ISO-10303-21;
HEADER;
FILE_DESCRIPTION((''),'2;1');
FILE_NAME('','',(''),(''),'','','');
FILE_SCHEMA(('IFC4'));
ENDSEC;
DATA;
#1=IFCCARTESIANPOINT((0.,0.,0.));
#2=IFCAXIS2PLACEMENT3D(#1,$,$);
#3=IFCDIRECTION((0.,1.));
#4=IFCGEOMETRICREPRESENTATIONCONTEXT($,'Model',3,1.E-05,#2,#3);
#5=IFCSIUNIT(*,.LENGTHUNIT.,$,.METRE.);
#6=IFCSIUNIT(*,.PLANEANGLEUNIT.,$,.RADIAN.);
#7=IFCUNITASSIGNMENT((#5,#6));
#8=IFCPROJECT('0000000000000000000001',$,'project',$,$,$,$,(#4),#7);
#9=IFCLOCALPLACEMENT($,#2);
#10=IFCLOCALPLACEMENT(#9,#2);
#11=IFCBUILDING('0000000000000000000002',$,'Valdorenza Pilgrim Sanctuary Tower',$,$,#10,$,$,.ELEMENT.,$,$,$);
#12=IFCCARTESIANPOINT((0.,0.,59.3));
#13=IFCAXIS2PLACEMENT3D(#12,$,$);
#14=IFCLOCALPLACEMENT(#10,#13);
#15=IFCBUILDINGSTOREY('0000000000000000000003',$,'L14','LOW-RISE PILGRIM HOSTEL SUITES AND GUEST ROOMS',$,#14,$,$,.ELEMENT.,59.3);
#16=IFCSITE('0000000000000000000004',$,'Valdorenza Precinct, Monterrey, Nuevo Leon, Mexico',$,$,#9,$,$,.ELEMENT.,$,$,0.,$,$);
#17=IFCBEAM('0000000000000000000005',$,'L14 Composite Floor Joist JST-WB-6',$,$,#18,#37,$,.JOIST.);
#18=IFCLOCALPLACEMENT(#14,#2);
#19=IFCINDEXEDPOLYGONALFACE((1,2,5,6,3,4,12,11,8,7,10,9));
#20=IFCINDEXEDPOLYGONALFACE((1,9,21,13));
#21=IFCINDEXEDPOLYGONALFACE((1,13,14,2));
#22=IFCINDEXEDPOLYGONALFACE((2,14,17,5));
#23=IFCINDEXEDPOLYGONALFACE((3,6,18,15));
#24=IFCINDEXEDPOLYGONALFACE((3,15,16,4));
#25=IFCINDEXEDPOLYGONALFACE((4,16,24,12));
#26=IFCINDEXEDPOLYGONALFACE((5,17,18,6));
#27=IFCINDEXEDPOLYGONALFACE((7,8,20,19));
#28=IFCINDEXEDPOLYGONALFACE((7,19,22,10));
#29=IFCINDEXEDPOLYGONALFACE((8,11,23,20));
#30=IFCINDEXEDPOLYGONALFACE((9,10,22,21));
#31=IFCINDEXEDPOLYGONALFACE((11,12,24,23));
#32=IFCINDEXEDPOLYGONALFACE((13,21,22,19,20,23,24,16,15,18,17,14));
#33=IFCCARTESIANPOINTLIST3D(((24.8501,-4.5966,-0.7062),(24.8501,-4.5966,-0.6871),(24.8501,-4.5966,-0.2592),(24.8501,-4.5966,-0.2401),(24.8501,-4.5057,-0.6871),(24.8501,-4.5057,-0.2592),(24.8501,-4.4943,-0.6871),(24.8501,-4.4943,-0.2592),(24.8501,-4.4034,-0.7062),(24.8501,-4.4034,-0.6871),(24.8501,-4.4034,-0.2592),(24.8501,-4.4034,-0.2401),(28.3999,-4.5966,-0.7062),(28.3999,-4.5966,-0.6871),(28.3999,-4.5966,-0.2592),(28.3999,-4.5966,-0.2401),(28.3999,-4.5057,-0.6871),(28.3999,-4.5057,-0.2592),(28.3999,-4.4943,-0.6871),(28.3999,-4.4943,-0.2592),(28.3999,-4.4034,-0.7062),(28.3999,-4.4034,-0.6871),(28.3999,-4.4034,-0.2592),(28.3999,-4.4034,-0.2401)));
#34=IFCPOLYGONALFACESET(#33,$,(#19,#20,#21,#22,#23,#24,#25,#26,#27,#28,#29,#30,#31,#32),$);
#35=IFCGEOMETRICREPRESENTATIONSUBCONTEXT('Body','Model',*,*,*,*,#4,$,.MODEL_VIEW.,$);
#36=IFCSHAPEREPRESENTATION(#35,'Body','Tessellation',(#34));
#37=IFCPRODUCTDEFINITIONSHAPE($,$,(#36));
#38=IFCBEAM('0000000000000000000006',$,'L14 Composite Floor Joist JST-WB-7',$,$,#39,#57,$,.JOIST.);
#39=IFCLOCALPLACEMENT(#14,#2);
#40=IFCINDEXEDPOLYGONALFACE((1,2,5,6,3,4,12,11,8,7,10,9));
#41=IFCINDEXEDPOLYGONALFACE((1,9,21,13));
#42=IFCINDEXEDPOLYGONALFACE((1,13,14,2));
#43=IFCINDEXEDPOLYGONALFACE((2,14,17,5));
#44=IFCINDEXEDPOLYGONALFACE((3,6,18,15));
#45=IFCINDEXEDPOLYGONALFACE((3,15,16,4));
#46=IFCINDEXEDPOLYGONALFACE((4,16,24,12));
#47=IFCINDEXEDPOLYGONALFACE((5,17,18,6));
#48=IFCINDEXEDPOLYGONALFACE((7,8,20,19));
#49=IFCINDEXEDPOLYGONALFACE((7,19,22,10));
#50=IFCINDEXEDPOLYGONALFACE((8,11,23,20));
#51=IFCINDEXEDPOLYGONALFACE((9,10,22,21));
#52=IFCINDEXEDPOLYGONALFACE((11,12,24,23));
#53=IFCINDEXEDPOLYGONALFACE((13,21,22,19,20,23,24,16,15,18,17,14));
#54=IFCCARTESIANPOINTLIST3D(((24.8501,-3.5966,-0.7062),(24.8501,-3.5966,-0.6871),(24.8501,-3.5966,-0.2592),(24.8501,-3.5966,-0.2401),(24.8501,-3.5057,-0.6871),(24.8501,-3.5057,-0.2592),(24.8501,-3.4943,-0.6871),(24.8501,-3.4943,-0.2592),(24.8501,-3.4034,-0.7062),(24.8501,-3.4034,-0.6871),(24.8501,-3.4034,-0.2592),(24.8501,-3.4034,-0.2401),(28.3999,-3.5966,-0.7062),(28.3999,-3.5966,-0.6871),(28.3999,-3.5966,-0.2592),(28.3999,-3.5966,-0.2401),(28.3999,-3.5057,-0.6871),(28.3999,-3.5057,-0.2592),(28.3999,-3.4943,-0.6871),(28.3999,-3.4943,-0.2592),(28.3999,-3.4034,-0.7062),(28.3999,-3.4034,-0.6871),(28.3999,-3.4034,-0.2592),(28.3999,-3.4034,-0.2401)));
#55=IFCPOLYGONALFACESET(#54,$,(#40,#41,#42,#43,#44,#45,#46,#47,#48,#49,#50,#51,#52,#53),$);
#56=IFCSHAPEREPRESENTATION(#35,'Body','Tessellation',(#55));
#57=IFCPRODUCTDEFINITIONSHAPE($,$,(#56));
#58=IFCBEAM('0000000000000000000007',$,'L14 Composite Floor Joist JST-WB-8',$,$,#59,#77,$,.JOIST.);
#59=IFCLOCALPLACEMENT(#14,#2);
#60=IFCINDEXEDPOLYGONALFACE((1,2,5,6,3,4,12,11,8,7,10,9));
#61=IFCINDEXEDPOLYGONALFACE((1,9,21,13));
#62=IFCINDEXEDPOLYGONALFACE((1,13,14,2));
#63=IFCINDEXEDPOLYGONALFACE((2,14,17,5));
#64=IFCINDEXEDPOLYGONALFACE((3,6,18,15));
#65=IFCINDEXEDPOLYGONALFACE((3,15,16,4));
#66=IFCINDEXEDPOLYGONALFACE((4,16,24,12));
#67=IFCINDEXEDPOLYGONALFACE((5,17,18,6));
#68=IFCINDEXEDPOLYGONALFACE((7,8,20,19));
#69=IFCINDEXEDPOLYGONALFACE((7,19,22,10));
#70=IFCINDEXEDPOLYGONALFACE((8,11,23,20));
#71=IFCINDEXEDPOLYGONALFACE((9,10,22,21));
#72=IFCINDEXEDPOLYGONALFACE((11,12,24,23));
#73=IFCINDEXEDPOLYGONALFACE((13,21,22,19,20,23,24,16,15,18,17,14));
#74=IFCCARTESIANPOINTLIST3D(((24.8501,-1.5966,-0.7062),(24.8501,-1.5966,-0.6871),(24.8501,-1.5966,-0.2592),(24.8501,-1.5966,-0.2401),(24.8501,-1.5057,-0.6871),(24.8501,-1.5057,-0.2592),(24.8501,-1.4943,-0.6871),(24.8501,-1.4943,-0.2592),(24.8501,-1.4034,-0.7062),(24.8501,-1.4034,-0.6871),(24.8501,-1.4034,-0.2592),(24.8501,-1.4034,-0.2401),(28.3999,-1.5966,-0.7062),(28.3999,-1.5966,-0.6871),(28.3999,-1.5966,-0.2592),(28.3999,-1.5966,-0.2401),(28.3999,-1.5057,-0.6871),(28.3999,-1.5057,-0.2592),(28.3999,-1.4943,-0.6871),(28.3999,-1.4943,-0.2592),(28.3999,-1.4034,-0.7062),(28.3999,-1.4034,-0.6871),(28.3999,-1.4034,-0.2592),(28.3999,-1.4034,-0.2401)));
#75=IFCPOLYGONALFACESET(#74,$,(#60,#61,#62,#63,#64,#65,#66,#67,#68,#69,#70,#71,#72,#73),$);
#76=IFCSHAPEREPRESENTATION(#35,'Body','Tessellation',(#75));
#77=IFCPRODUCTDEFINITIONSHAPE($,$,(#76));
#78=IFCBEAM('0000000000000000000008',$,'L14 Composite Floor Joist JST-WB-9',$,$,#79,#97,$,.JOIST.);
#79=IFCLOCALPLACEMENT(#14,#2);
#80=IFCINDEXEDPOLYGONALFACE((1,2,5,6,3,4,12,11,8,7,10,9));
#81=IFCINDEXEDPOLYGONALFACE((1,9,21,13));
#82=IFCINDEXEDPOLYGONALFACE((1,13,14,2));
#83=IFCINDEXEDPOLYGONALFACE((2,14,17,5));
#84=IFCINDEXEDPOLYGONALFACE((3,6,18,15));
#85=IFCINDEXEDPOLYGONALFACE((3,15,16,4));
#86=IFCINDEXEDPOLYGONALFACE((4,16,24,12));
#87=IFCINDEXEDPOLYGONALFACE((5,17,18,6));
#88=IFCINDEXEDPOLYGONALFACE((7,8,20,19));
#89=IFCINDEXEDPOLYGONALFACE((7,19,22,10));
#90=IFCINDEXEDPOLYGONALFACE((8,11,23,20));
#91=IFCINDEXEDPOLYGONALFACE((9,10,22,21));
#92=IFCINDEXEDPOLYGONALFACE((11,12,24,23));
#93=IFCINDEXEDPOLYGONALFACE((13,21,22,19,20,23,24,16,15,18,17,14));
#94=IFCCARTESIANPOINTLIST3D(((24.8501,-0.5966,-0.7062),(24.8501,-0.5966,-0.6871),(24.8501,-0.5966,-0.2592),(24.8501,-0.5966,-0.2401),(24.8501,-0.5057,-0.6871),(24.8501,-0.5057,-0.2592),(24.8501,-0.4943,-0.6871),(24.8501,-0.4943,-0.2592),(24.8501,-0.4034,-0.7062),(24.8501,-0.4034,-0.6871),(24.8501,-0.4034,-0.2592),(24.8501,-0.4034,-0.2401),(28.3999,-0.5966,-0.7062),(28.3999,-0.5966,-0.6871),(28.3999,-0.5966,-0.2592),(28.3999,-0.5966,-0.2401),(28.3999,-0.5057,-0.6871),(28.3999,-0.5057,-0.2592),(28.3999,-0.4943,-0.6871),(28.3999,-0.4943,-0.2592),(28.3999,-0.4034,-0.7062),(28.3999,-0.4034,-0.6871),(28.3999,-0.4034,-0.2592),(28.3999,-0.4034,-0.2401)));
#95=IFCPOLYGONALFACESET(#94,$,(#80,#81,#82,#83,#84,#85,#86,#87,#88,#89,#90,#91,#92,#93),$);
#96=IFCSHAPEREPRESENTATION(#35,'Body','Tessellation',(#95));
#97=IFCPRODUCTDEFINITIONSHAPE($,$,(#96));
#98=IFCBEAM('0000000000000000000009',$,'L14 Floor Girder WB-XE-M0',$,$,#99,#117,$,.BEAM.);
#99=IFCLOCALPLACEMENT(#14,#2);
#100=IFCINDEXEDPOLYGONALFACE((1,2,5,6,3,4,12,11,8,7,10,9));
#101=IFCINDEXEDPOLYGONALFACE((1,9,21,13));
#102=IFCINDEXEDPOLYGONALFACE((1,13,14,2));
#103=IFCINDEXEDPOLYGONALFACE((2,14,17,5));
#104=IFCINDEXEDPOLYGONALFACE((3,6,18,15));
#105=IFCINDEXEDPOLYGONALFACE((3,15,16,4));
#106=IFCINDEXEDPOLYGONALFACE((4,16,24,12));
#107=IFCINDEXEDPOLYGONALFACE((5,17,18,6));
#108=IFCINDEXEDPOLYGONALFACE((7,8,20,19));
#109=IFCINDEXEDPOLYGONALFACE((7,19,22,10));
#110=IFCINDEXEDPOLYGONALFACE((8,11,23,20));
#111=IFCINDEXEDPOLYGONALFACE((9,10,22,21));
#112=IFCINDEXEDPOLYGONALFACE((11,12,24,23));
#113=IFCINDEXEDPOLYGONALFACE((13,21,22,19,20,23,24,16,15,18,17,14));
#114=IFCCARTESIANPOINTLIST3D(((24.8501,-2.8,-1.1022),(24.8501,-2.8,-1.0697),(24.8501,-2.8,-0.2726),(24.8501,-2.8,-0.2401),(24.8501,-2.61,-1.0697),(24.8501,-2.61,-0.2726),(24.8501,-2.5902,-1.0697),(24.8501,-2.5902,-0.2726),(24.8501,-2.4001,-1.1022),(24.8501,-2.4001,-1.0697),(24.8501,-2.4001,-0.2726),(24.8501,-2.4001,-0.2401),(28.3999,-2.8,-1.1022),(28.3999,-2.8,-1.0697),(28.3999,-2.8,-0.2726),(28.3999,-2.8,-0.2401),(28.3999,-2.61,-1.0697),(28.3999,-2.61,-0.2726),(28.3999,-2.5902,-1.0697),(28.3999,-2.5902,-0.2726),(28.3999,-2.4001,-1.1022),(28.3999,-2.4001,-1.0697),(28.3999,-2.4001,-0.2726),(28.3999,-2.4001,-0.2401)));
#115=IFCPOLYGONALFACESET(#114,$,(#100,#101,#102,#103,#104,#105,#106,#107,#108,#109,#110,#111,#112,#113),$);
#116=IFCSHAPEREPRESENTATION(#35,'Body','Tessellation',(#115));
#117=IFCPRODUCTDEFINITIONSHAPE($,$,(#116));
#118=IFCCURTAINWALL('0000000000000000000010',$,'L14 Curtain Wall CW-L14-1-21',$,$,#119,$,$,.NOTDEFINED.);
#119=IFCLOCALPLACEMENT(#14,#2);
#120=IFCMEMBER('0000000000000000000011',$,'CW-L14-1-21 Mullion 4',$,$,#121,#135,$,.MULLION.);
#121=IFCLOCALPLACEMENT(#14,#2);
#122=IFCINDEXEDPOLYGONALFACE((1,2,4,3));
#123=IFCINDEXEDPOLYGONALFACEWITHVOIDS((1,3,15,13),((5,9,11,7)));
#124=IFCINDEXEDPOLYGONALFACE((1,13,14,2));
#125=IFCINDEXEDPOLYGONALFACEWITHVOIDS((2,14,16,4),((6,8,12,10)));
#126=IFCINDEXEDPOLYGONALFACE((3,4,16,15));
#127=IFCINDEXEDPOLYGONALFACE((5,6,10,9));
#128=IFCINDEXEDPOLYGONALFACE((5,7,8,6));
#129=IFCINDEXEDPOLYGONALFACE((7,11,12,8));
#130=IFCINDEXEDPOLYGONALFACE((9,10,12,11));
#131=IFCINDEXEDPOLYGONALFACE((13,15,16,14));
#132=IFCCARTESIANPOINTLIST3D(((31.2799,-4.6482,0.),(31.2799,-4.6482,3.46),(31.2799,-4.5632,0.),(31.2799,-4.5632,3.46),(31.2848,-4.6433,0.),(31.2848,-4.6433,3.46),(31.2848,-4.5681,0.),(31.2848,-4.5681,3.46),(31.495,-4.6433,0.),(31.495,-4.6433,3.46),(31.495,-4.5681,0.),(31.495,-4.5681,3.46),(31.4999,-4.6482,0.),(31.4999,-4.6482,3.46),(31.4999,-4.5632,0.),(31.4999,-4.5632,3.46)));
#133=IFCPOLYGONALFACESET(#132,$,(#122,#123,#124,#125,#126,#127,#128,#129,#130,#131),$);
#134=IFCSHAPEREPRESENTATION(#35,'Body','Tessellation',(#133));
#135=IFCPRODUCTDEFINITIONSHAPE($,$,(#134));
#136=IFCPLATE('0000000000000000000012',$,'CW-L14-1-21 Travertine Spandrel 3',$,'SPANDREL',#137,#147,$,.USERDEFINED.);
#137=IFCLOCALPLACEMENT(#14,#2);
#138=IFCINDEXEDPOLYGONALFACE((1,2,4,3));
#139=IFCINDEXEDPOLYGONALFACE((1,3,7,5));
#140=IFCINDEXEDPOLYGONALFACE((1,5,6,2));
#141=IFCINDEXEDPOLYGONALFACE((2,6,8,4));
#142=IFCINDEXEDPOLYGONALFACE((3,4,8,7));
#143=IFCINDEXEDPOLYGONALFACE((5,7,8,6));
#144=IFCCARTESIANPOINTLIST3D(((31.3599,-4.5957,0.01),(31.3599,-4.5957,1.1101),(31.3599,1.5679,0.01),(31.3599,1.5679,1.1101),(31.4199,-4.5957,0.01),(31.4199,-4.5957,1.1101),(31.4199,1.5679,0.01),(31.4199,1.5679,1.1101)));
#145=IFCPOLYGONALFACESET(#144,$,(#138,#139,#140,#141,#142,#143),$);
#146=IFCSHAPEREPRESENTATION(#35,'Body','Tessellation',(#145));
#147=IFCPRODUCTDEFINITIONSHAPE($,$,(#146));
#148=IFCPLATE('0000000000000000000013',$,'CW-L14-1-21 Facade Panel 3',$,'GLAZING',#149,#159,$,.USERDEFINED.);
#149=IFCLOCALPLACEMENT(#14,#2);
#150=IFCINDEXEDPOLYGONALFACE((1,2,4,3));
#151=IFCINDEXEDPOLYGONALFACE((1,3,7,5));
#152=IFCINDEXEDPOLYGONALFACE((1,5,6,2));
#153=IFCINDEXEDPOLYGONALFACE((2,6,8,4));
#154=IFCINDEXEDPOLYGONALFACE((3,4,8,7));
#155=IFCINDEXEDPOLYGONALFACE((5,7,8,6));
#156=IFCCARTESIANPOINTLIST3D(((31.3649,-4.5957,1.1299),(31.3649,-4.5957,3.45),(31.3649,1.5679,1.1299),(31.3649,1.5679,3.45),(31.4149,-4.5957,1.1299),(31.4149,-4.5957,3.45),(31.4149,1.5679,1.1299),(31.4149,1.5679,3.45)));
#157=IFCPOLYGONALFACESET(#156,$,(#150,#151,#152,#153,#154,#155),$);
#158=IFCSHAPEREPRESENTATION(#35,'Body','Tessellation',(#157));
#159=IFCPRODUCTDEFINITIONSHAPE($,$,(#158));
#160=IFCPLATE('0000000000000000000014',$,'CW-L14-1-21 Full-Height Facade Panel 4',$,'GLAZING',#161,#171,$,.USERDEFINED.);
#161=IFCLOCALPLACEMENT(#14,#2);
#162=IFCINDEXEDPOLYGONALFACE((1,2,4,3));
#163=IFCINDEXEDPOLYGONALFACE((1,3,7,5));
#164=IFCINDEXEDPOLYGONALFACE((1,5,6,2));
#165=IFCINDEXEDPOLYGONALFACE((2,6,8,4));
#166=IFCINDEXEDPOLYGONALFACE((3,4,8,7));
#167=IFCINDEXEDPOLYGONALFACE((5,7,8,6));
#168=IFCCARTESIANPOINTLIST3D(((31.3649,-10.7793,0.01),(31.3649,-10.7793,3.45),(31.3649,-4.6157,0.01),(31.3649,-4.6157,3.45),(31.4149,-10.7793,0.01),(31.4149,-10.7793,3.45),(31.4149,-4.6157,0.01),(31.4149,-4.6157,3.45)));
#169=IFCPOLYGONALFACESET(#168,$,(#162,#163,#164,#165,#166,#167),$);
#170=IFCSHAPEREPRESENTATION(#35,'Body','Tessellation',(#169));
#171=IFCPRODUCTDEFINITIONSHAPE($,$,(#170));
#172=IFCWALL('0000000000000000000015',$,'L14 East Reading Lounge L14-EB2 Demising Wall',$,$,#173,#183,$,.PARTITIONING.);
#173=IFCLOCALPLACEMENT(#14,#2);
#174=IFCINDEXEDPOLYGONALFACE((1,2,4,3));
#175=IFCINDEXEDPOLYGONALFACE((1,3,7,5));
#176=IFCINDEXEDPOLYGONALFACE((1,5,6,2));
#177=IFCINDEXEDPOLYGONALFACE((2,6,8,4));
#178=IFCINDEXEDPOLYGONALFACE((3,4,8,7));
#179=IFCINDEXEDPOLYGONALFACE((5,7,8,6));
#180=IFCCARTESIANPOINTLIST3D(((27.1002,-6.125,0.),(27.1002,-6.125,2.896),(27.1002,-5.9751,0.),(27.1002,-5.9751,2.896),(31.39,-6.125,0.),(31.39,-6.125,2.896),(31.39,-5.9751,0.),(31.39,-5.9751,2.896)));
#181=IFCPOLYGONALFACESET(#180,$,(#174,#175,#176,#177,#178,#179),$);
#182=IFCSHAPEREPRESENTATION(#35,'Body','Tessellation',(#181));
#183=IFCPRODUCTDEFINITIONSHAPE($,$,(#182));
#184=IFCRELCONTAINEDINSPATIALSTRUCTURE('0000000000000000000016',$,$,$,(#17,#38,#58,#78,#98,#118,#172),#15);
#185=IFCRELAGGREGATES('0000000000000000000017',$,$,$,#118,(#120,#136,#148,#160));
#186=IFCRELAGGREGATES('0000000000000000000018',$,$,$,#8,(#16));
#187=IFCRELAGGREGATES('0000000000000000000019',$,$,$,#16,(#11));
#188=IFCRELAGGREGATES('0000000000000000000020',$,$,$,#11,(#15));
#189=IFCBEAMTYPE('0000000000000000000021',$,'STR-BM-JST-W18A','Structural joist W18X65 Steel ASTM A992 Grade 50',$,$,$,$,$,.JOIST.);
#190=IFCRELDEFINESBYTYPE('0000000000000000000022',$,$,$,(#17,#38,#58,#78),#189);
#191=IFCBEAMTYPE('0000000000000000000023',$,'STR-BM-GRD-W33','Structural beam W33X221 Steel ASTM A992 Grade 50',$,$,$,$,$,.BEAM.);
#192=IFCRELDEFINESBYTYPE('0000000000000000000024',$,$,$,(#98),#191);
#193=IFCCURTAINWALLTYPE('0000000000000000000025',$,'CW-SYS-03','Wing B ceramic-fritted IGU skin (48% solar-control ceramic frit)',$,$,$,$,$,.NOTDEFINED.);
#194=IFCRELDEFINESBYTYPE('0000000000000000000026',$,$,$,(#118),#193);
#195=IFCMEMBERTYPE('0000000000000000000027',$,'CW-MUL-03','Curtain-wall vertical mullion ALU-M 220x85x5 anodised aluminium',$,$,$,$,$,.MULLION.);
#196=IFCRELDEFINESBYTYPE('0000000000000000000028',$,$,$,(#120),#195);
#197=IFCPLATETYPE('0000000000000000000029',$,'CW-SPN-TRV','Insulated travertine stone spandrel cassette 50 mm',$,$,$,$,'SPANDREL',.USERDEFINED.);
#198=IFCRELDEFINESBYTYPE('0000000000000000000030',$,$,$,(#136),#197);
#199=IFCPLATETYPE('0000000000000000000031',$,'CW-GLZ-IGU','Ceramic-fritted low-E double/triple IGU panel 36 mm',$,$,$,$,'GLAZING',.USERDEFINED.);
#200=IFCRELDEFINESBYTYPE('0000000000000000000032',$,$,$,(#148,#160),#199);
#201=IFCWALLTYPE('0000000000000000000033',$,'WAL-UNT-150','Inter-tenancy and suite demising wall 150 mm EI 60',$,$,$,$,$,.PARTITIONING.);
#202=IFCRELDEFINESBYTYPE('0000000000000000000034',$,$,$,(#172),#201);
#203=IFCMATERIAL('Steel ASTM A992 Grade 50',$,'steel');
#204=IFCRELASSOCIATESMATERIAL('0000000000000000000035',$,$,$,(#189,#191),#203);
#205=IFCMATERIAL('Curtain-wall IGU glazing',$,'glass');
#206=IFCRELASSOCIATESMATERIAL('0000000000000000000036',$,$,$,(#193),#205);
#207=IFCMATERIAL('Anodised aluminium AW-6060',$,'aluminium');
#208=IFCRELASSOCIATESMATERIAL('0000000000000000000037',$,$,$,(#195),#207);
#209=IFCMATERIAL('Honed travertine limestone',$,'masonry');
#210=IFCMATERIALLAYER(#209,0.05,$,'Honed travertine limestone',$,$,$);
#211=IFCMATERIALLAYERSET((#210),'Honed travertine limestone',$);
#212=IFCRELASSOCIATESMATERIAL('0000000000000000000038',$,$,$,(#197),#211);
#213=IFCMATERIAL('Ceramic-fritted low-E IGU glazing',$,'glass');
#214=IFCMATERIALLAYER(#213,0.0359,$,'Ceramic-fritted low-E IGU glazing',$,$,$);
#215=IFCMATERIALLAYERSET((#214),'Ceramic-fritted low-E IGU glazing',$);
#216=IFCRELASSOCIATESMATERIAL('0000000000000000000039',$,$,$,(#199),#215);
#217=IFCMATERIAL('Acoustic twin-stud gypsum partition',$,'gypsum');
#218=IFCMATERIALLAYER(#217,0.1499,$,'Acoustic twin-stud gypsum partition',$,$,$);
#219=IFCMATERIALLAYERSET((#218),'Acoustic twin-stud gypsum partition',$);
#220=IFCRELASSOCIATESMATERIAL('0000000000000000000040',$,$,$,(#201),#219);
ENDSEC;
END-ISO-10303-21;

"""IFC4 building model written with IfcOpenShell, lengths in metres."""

from ifc_helpers import new_model, si_unit, direction, frame, frame_2d, origin, origin_2d, place, context, subcontext, project, spatial, rectangle, hollow_rectangle, i_section, extrude, source, transform, mapped, material, layer, layer_set, material_profile, profile_set, type_object, element, aggregate, save


model = new_model("IFC4")

# Units and contexts
model_context = context("Model", 3, precision=1e-05, world=origin(), true_north=direction((0.0, 1.0)))
body_context = subcontext(model_context, "Body", "Model", "MODEL_VIEW")
ifc_project = project(units=[si_unit("LENGTHUNIT", "METRE"), si_unit("PLANEANGLEUNIT", "RADIAN")], contexts=[model_context])

# Site, building, storey
site_placement = place(None, origin())
site = spatial("IfcSite", under=ifc_project, at=site_placement, Name="Valdorenza Precinct, Monterrey, Nuevo Leon, Mexico", CompositionType="ELEMENT", RefElevation=0.0)
building_placement = place(site_placement, origin())
building = spatial("IfcBuilding", under=site, at=building_placement, Name="Valdorenza Pilgrim Sanctuary Tower", CompositionType="ELEMENT")
storey_placement = place(building_placement, frame((0.0, 0.0, 59.3)))
storey = spatial("IfcBuildingStorey", under=building, at=storey_placement, Name="L14", Description="LOW-RISE PILGRIM HOSTEL SUITES AND GUEST ROOMS", CompositionType="ELEMENT", Elevation=59.3)

# Beams
ifc_material_1 = material(Name="Steel ASTM A992 Grade 50", Category="steel")
ifc_material_profile_1 = material_profile(ifc_material_1, i_section(OverallWidth=0.1931, OverallDepth=0.4661, WebThickness=0.0115, FlangeThickness=0.019, at=origin_2d()), Name="W18X65")
ifc_profile_set_1 = profile_set([ifc_material_profile_1], Name="Steel ASTM A992 Grade 50")
beam_type_1 = type_object("IfcBeamType", Name="STR-BM-JST-W18A", Description="Structural joist W18X65 Steel ASTM A992 Grade 50", PredefinedType="JOIST", material=ifc_profile_set_1)
shared_shape_1 = source(origin(), body_context, "Body", "SweptSolid", [
    extrude(i_section(OverallWidth=0.1931, OverallDepth=0.4661, WebThickness=0.0115, FlangeThickness=0.019, at=origin_2d()), origin(), (0.0, 0.0, 1.0), 3.5498),
])
for number, where, z_axis, x_axis, name in (
    (1, (24.8501, -4.5, -0.4731), (1.0, 0.0, 0.0), (0.0, 1.0, 0.0), "L14 Composite Floor Joist JST-WB-6"),
    (2, (24.8501, -3.5, -0.4731), (1.0, 0.0, 0.0), (0.0, 1.0, 0.0), "L14 Composite Floor Joist JST-WB-7"),
    (3, (24.8501, -1.5, -0.4731), (1.0, 0.0, 0.0), (0.0, 1.0, 0.0), "L14 Composite Floor Joist JST-WB-8"),
    (4, (24.8501, -0.5, -0.4731), (1.0, 0.0, 0.0), (0.0, 1.0, 0.0), "L14 Composite Floor Joist JST-WB-9"),
):
    element("IfcBeam", number, at=place(storey_placement, frame(where, z_axis=z_axis, x_axis=x_axis)), inside=storey, type_object=beam_type_1, Name=name, PredefinedType="JOIST", context=body_context, shape_type="MappedRepresentation", body=[
        mapped(shared_shape_1, transform((0.0, 0.0, 0.0), x_axis=(1.0, 0.0, 0.0), y_axis=(0.0, 1.0, 0.0), z_axis=(0.0, 0.0, 1.0), scale=1.0)),
    ])
ifc_material_profile_2 = material_profile(ifc_material_1, i_section(OverallWidth=0.3999, OverallDepth=0.8621, WebThickness=0.0198, FlangeThickness=0.0325, at=origin_2d()), Name="W33X221")
ifc_profile_set_2 = profile_set([ifc_material_profile_2], Name="Steel ASTM A992 Grade 50")
beam_type_2 = type_object("IfcBeamType", Name="STR-BM-GRD-W33", Description="Structural beam W33X221 Steel ASTM A992 Grade 50", PredefinedType="BEAM", material=ifc_profile_set_2)
shared_shape_2 = source(origin(), body_context, "Body", "SweptSolid", [
    extrude(i_section(OverallWidth=0.3999, OverallDepth=0.8621, WebThickness=0.0198, FlangeThickness=0.0325, at=origin_2d()), origin(), (0.0, 0.0, 1.0), 3.5498),
])
beam_1_placement = place(storey_placement, frame((24.8501, -2.6001, -0.6711), z_axis=(1.0, 0.0, 0.0), x_axis=(0.0, 1.0, 0.0)))
element("IfcBeam", 5, at=beam_1_placement, inside=storey, type_object=beam_type_2, Name="L14 Floor Girder WB-XE-M0", PredefinedType="BEAM", context=body_context, shape_type="MappedRepresentation", body=[
    mapped(shared_shape_2, transform((0.0, 0.0, 0.0), x_axis=(1.0, 0.0, 0.0), y_axis=(0.0, 1.0, 0.0), z_axis=(0.0, 0.0, 1.0), scale=1.0)),
])

# Curtain wall, member, plates
ifc_material_2 = material(Name="Curtain-wall IGU glazing", Category="glass")
curtain_wall_type = type_object("IfcCurtainWallType", Name="CW-SYS-03", Description="Wing B ceramic-fritted IGU skin (48% solar-control ceramic frit)", PredefinedType="NOTDEFINED", material=ifc_material_2)
curtain_wall_placement = place(storey_placement, origin())
curtain_wall = element("IfcCurtainWall", 6, at=curtain_wall_placement, inside=storey, type_object=curtain_wall_type, Name="L14 Curtain Wall CW-L14-1-21", PredefinedType="NOTDEFINED")
ifc_material_3 = material(Name="Anodised aluminium AW-6060", Category="aluminium")
ifc_material_profile_3 = material_profile(ifc_material_3, hollow_rectangle(XDim=0.085, YDim=0.22, WallThickness=0.0049, at=origin_2d()), Name="ALU-M 220x85x5")
ifc_profile_set_3 = profile_set([ifc_material_profile_3], Name="Anodised aluminium AW-6060")
member_type = type_object("IfcMemberType", Name="CW-MUL-03", Description="Curtain-wall vertical mullion ALU-M 220x85x5 anodised aluminium", PredefinedType="MULLION", material=ifc_profile_set_3)
shared_shape_3 = source(origin(), body_context, "Body", "SweptSolid", [
    extrude(hollow_rectangle(XDim=0.085, YDim=0.22, WallThickness=0.0049, at=origin_2d()), origin(), (0.0, 0.0, 1.0), 3.46),
])
member_placement = place(storey_placement, frame((31.3899, -4.6057, 0.0), z_axis=(0.0, 0.0, 1.0), x_axis=(0.0, -1.0, 0.0)))
member = element("IfcMember", 7, at=member_placement, type_object=member_type, Name="CW-L14-1-21 Mullion 4", PredefinedType="MULLION", context=body_context, shape_type="MappedRepresentation", body=[
    mapped(shared_shape_3, transform((0.0, 0.0, 0.0), x_axis=(1.0, 0.0, 0.0), y_axis=(0.0, 1.0, 0.0), z_axis=(0.0, 0.0, 1.0), scale=1.0)),
])
ifc_material_4 = material(Name="Honed travertine limestone", Category="masonry")
ifc_layer_1 = layer(ifc_material_4, 0.05, Name="Honed travertine limestone")
ifc_layer_set_1 = layer_set([ifc_layer_1], Name="Honed travertine limestone")
plate_type_1 = type_object("IfcPlateType", Name="CW-SPN-TRV", Description="Insulated travertine stone spandrel cassette 50 mm", ElementType="SPANDREL", PredefinedType="USERDEFINED", material=ifc_layer_set_1)
shared_shape_4 = source(origin(), body_context, "Body", "SweptSolid", [
    extrude(rectangle(XDim=6.1636, YDim=0.0601, at=origin_2d()), origin(), (0.0, 0.0, 1.0), 1.1001),
])
plate_1_placement = place(storey_placement, frame((31.3899, -1.5139, 0.01), z_axis=(0.0, 0.0, 1.0), x_axis=(0.0, -1.0, 0.0)))
plate_1 = element("IfcPlate", 8, at=plate_1_placement, type_object=plate_type_1, Name="CW-L14-1-21 Travertine Spandrel 3", ObjectType="SPANDREL", PredefinedType="USERDEFINED", context=body_context, shape_type="MappedRepresentation", body=[
    mapped(shared_shape_4, transform((0.0, 0.0, 0.0), x_axis=(1.0, 0.0, 0.0), y_axis=(0.0, 1.0, 0.0), z_axis=(0.0, 0.0, 1.0), scale=1.0)),
])
ifc_material_5 = material(Name="Ceramic-fritted low-E IGU glazing", Category="glass")
ifc_layer_2 = layer(ifc_material_5, 0.0359, Name="Ceramic-fritted low-E IGU glazing")
ifc_layer_set_2 = layer_set([ifc_layer_2], Name="Ceramic-fritted low-E IGU glazing")
plate_type_2 = type_object("IfcPlateType", Name="CW-GLZ-IGU", Description="Ceramic-fritted low-E double/triple IGU panel 36 mm", ElementType="GLAZING", PredefinedType="USERDEFINED", material=ifc_layer_set_2)
shared_shape_5 = source(origin(), body_context, "Body", "SweptSolid", [
    extrude(rectangle(XDim=6.1636, YDim=0.05, at=origin_2d()), origin(), (0.0, 0.0, 1.0), 2.3201),
])
plate_2_placement = place(storey_placement, frame((31.3899, -1.5139, 1.1299), z_axis=(0.0, 0.0, 1.0), x_axis=(0.0, -1.0, 0.0)))
plate_2 = element("IfcPlate", 9, at=plate_2_placement, type_object=plate_type_2, Name="CW-L14-1-21 Facade Panel 3", ObjectType="GLAZING", PredefinedType="USERDEFINED", context=body_context, shape_type="MappedRepresentation", body=[
    mapped(shared_shape_5, transform((0.0, 0.0, 0.0), x_axis=(1.0, 0.0, 0.0), y_axis=(0.0, 1.0, 0.0), z_axis=(0.0, 0.0, 1.0), scale=1.0)),
])
shared_shape_6 = source(origin(), body_context, "Body", "SweptSolid", [
    extrude(rectangle(XDim=6.1636, YDim=0.05, at=origin_2d()), origin(), (0.0, 0.0, 1.0), 3.4399),
])
plate_3_placement = place(storey_placement, frame((31.3899, -7.6975, 0.01), z_axis=(0.0, 0.0, 1.0), x_axis=(0.0, -1.0, 0.0)))
plate_3 = element("IfcPlate", 10, at=plate_3_placement, type_object=plate_type_2, Name="CW-L14-1-21 Full-Height Facade Panel 4", ObjectType="GLAZING", PredefinedType="USERDEFINED", context=body_context, shape_type="MappedRepresentation", body=[
    mapped(shared_shape_6, transform((0.0, 0.0, 0.0), x_axis=(1.0, 0.0, 0.0), y_axis=(0.0, 1.0, 0.0), z_axis=(0.0, 0.0, 1.0), scale=1.0)),
])
aggregate(curtain_wall, [member, plate_1, plate_2, plate_3])

# Wall
ifc_material_6 = material(Name="Acoustic twin-stud gypsum partition", Category="gypsum")
ifc_layer_3 = layer(ifc_material_6, 0.1499, Name="Acoustic twin-stud gypsum partition")
ifc_layer_set_3 = layer_set([ifc_layer_3], Name="Acoustic twin-stud gypsum partition")
wall_type = type_object("IfcWallType", Name="WAL-UNT-150", Description="Inter-tenancy and suite demising wall 150 mm EI 60", PredefinedType="PARTITIONING", material=ifc_layer_set_3)
wall_placement = place(storey_placement, frame((27.1001, -6.05, 0.0), z_axis=(0.0, 0.0, 1.0), x_axis=(1.0, 0.0, 0.0)))
element("IfcWall", 11, at=wall_placement, inside=storey, type_object=wall_type, Name="L14 East Reading Lounge L14-EB2 Demising Wall", PredefinedType="PARTITIONING", context=body_context, shape_type="SweptSolid", body=[
    extrude(rectangle(XDim=4.2898, YDim=0.1499, at=frame_2d((2.145, 0.0))), origin(), (0.0, 0.0, 1.0), 2.896),
])

save(model, "model.ifc")
